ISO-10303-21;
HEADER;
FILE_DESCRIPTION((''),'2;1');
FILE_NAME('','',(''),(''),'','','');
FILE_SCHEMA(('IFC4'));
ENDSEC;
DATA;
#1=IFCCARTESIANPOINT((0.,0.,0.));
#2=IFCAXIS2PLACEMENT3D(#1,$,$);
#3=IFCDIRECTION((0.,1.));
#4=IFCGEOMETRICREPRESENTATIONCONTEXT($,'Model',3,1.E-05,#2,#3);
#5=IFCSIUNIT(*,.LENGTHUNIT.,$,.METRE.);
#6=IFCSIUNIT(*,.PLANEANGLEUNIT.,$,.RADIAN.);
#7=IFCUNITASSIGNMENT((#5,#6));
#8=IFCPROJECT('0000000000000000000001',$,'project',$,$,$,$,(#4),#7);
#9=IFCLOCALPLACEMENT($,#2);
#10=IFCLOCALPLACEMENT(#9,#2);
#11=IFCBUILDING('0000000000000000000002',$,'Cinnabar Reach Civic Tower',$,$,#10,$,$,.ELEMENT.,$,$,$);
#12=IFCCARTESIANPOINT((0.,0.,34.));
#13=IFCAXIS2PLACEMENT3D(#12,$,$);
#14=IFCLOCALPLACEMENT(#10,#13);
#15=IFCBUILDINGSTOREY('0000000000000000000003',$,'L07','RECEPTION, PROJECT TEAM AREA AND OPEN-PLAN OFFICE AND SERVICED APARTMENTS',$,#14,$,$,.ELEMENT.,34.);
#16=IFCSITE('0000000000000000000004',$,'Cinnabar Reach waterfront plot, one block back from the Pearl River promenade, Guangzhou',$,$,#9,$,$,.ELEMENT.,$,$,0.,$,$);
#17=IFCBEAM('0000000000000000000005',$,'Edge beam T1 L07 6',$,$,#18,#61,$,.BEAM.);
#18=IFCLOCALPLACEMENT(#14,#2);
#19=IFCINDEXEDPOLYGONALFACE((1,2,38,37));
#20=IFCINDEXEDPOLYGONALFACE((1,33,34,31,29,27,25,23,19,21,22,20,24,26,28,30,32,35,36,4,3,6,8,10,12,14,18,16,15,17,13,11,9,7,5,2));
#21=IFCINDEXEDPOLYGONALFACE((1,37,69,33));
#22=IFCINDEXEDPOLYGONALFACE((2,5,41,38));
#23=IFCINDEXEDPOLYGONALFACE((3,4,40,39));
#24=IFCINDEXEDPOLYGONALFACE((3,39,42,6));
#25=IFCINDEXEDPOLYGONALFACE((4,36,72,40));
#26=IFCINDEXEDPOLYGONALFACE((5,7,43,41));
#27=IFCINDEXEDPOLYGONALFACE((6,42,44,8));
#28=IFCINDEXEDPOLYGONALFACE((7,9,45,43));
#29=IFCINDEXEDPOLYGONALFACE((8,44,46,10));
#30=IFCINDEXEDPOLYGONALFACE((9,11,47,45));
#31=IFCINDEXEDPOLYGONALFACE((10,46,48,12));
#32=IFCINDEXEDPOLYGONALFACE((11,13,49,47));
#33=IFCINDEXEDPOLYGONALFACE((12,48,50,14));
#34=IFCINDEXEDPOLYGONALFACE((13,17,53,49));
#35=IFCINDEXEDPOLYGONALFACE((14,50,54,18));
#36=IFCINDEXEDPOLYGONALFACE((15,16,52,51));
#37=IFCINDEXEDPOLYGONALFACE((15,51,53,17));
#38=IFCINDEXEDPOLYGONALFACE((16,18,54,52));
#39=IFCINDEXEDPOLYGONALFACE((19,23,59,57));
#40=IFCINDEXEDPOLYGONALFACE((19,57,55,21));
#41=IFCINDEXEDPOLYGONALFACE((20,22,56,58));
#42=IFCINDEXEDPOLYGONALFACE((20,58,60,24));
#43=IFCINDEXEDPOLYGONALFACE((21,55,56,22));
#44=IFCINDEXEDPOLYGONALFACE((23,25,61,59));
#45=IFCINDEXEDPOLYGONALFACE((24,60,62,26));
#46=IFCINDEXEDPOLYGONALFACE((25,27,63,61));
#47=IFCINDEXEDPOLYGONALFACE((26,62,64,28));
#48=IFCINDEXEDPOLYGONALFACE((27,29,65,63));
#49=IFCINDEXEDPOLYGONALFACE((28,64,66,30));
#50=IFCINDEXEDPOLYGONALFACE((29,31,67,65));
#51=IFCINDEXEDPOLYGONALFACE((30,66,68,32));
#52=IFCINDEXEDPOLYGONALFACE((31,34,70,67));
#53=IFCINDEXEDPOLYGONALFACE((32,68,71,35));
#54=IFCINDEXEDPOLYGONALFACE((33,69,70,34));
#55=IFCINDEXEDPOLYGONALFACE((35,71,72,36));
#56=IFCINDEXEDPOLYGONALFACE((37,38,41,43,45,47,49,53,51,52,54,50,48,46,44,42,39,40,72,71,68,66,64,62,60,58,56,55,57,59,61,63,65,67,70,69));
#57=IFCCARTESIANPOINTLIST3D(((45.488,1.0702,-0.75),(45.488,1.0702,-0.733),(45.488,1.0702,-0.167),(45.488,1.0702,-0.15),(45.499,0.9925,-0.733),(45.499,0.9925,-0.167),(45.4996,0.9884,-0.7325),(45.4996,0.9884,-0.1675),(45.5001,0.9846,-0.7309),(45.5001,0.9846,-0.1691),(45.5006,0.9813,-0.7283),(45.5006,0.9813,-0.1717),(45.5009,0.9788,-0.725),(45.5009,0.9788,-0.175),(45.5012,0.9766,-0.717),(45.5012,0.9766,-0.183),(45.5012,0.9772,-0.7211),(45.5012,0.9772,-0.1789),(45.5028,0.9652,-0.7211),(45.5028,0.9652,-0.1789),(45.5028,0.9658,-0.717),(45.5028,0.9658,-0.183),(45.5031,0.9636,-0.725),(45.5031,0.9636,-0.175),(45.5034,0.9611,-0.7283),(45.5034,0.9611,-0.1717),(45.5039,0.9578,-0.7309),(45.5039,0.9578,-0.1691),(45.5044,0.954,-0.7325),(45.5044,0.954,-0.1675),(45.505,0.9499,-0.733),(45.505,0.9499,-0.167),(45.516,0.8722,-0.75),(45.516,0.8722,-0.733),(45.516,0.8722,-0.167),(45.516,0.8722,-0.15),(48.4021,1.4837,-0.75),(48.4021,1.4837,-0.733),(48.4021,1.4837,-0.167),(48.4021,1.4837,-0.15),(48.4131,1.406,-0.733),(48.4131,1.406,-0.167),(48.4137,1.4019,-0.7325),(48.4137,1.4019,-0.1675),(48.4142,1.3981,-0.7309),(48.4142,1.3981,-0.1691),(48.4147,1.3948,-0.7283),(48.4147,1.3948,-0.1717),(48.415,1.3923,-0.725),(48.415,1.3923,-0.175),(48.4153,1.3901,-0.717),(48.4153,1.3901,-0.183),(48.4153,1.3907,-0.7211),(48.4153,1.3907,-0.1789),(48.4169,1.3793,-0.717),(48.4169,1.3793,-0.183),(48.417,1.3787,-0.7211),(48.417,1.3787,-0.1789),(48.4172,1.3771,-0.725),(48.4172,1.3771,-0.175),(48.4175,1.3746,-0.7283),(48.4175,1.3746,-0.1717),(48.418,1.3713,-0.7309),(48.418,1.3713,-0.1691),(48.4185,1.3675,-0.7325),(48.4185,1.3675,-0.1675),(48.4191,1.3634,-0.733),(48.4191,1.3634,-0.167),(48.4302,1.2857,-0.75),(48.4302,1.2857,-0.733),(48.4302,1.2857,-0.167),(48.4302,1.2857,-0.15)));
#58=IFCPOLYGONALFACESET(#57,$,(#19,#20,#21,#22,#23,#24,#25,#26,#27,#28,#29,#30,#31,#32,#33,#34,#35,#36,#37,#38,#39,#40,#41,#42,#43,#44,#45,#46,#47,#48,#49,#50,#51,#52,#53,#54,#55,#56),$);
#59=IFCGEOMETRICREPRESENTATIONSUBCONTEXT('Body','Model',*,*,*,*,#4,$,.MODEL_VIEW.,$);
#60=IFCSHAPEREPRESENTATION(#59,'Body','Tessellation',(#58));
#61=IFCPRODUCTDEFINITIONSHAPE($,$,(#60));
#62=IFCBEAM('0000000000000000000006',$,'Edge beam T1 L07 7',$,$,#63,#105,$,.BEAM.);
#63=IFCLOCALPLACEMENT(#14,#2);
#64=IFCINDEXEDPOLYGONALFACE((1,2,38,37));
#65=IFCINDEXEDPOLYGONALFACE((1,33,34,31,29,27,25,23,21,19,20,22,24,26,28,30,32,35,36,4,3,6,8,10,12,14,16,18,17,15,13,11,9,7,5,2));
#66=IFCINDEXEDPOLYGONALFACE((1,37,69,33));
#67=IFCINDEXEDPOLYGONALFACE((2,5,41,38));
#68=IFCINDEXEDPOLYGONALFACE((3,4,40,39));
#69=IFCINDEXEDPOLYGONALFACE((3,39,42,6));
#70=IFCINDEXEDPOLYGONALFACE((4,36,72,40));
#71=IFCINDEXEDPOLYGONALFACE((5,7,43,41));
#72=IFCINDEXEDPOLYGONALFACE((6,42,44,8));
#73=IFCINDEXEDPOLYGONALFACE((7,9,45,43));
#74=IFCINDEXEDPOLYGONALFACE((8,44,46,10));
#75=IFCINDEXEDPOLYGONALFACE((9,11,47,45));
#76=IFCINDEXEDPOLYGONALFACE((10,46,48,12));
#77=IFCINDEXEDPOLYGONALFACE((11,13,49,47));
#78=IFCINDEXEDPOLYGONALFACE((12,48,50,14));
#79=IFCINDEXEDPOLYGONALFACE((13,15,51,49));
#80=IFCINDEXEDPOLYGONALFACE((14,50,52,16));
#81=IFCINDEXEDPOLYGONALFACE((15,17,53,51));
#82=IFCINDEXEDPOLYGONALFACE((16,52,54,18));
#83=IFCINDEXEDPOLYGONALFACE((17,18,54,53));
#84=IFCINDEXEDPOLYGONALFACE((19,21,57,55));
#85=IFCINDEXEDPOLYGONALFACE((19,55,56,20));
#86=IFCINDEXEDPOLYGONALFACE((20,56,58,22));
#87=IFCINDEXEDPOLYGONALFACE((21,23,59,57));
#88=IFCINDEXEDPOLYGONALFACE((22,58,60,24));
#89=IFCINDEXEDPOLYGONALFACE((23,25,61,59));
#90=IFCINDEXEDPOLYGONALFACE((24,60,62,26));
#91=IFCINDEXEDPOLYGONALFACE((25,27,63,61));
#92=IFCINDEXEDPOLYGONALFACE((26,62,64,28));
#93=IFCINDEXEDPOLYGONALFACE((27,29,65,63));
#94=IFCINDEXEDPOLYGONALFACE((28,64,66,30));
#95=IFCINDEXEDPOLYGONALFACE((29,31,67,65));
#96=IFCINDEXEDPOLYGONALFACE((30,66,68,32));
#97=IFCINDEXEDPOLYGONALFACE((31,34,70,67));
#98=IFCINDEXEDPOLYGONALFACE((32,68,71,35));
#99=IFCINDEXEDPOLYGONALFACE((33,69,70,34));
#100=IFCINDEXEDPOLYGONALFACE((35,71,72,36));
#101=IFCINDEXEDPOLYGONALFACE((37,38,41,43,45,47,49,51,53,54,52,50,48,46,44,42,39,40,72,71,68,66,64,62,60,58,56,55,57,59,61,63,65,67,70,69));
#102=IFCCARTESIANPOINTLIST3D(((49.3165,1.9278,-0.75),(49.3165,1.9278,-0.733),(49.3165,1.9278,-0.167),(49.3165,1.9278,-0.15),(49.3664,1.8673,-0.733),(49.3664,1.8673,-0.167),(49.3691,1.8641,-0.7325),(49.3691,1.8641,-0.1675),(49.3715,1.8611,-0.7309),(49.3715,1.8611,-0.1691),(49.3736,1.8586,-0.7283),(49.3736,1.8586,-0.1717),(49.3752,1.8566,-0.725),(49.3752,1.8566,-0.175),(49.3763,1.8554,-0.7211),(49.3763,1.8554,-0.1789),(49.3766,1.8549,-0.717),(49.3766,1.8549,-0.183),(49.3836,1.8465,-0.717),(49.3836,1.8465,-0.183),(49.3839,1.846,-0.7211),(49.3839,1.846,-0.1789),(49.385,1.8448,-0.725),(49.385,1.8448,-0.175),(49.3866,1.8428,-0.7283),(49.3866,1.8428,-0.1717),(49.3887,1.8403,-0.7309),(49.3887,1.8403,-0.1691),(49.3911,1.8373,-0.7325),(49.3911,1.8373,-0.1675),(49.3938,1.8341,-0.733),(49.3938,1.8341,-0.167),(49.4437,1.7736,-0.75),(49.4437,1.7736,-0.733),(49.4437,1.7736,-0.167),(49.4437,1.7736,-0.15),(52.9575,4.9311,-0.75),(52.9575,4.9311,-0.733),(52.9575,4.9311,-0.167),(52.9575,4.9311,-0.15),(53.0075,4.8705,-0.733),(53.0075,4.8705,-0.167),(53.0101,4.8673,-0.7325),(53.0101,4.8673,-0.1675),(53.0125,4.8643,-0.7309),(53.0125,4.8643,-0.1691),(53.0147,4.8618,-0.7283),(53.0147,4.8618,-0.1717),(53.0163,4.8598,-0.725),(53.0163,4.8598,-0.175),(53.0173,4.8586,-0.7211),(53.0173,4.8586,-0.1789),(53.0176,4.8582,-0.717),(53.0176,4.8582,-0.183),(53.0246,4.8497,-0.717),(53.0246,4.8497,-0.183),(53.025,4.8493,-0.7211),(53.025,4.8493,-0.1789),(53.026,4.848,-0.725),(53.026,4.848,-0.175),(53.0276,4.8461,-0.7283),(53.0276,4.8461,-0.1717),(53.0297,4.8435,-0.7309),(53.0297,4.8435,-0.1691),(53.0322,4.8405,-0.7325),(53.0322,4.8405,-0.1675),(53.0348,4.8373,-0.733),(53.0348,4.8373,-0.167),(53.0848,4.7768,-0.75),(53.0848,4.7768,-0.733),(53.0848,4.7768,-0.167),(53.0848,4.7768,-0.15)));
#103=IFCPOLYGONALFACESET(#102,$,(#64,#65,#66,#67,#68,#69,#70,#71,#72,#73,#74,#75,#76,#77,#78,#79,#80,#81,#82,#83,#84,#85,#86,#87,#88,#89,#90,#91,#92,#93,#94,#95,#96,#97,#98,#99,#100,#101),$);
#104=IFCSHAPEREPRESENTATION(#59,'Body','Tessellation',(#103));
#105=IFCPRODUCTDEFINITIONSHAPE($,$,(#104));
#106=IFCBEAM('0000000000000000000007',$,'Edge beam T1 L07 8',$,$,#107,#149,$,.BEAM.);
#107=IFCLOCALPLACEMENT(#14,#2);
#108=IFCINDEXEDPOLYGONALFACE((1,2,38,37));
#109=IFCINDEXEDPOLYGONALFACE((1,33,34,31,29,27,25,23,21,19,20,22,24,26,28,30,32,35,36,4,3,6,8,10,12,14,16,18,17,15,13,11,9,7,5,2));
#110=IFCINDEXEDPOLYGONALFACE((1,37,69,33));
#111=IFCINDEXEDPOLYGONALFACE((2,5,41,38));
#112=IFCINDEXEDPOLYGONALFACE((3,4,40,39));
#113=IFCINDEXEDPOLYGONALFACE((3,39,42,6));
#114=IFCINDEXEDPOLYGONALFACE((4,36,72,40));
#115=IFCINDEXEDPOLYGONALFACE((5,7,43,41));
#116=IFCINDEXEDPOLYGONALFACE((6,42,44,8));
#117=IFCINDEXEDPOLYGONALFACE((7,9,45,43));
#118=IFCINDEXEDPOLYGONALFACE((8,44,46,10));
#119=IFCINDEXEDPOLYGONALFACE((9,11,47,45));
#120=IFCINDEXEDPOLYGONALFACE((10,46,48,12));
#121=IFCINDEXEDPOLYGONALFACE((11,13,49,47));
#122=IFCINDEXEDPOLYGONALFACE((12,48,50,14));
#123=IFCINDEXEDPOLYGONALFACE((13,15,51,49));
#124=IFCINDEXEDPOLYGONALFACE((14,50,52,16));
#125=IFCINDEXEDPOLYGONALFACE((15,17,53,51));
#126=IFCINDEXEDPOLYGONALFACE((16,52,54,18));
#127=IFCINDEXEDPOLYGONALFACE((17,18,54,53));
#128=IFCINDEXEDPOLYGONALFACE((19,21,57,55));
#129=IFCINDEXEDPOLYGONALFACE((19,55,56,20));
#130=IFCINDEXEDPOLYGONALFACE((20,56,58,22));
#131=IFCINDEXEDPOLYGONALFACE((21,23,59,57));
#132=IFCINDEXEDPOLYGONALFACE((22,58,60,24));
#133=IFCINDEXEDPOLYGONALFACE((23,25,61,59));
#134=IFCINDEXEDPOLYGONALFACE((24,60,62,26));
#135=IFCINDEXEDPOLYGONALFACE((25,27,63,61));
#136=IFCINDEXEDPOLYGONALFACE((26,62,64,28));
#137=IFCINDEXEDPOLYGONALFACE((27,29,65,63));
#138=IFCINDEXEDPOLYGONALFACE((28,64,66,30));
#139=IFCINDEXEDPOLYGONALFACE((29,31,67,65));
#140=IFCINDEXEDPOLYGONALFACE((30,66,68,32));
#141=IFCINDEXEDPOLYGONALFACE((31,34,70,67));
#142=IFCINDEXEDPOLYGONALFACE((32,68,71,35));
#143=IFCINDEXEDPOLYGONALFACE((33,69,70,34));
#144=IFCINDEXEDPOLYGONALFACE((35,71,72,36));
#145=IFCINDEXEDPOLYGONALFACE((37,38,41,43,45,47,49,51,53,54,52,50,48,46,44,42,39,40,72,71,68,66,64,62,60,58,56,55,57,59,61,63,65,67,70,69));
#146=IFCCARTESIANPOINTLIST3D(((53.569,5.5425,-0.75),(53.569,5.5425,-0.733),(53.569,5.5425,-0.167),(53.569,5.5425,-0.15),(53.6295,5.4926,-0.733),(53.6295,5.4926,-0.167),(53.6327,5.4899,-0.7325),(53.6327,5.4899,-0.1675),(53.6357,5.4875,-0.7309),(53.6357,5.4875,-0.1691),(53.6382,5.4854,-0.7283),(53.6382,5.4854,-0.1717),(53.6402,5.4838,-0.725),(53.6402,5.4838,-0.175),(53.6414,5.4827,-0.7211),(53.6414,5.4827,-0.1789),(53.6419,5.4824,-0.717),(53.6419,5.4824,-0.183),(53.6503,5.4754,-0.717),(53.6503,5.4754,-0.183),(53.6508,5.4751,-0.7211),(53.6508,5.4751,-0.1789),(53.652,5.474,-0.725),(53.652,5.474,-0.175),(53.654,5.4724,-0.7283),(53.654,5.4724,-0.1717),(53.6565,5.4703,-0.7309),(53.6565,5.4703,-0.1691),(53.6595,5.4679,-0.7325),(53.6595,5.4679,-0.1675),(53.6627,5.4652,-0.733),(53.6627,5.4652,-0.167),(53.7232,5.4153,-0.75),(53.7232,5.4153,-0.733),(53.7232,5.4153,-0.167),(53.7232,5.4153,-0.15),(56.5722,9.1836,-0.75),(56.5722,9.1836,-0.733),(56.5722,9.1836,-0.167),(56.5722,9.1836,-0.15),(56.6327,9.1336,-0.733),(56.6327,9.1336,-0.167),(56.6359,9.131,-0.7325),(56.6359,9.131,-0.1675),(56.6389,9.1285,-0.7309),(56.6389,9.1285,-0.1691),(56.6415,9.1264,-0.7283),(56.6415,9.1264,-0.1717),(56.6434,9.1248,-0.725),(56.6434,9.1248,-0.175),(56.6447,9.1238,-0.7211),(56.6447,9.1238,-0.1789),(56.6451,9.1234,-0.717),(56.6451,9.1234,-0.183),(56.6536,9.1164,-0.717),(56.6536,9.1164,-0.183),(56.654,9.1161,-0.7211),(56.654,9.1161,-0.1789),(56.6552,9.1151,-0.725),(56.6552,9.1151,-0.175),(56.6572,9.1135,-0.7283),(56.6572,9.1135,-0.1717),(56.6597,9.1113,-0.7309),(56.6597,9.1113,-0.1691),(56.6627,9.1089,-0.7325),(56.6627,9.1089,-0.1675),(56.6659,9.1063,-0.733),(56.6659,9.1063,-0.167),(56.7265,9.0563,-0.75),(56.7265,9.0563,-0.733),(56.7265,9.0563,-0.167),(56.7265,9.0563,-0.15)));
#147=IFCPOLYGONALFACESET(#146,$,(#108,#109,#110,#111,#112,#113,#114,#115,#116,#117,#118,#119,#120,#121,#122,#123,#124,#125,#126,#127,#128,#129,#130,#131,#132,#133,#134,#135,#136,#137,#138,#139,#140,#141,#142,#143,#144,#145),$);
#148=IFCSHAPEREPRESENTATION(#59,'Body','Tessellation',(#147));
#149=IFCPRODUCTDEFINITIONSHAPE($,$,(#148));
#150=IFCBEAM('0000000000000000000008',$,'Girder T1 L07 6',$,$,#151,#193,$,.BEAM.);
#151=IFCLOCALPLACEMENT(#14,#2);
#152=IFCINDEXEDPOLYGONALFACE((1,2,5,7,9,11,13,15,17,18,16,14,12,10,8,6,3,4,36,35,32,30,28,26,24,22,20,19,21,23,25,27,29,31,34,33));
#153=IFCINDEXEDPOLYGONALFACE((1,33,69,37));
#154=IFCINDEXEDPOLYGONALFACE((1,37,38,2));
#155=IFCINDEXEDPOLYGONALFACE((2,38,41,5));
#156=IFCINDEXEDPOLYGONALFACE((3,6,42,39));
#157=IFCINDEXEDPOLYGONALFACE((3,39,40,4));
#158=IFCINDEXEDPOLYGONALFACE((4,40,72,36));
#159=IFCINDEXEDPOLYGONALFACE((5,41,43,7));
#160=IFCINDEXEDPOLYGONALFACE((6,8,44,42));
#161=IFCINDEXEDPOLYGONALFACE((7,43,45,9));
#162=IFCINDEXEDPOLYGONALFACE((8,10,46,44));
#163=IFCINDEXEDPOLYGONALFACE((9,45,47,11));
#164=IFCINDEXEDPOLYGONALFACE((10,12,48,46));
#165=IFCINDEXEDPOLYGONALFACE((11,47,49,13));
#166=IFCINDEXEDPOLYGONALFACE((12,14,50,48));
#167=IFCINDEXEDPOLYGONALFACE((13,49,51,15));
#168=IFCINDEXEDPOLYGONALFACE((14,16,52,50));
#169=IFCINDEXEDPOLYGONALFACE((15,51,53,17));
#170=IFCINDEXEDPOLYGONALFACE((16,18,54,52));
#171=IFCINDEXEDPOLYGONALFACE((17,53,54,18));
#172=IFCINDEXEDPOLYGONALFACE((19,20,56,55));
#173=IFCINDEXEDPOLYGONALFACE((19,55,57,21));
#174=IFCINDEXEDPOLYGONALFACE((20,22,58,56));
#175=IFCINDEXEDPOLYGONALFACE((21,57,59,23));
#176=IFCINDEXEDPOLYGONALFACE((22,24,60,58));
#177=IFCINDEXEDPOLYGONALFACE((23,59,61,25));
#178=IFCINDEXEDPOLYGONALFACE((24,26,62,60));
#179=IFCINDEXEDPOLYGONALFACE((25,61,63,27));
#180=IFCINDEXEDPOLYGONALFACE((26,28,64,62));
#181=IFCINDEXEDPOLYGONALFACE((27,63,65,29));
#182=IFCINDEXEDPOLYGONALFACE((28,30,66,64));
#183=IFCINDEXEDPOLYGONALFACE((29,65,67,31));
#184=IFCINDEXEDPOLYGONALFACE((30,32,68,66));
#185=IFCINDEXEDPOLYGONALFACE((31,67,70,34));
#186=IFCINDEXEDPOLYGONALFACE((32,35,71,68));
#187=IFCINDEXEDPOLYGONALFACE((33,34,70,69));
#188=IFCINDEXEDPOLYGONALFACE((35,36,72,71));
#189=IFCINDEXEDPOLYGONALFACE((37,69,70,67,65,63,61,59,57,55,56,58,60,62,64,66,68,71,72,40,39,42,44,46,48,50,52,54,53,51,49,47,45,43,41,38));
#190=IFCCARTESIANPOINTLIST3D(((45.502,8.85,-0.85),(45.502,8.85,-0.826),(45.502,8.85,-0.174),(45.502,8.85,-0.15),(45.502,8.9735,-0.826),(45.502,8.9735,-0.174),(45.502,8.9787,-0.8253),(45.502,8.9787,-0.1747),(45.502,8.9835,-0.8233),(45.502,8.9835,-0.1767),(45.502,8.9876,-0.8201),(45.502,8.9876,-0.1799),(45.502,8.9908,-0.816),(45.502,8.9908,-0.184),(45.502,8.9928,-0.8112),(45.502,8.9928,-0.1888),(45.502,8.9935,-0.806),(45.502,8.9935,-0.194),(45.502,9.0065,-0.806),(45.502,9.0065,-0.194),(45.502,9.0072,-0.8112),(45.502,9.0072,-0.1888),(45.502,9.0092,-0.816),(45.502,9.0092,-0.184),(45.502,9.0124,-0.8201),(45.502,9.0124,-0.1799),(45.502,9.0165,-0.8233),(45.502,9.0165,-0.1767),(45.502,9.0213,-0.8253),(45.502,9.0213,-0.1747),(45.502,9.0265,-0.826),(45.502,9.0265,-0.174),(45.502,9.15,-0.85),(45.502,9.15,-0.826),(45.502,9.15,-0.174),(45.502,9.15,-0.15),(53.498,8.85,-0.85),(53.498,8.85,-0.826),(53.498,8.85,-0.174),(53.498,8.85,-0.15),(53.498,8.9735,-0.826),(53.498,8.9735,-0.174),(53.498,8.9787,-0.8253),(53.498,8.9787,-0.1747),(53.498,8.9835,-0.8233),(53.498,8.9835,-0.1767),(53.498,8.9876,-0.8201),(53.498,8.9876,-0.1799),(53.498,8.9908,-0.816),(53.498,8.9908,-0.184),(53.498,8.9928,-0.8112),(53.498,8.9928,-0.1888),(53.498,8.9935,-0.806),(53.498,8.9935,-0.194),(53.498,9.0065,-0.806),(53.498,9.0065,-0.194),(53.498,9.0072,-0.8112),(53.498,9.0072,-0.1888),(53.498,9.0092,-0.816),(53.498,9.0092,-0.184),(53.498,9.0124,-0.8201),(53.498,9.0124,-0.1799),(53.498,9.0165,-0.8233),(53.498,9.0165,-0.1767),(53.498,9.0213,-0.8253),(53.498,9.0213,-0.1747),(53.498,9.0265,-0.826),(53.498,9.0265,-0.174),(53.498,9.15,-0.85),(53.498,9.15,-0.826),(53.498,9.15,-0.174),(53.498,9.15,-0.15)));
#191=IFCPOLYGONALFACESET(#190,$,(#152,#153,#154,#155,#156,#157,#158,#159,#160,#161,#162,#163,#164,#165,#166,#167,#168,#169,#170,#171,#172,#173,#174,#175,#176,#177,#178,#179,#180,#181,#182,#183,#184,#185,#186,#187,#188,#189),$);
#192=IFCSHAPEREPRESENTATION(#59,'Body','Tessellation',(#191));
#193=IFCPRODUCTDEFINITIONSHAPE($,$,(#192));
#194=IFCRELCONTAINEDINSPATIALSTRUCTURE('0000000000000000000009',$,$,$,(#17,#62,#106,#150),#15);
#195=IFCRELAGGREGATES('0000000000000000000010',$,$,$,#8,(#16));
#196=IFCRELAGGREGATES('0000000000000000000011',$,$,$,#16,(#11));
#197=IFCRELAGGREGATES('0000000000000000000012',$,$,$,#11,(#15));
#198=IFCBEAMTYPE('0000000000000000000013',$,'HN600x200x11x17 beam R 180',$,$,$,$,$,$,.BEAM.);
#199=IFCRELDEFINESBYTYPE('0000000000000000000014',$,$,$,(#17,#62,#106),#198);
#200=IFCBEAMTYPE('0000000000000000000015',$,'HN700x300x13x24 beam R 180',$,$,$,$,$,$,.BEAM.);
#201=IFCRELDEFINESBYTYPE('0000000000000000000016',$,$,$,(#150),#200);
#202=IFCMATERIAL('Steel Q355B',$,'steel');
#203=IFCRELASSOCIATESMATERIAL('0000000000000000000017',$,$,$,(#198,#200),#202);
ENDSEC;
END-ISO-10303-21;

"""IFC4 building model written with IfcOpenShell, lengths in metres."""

from ifc_helpers import new_model, si_unit, direction, frame, origin, origin_2d, place, context, subcontext, project, spatial, i_section, extrude, material, material_profile, profile_set, type_object, element, save


model = new_model("IFC4")

# Units and contexts
model_context = context("Model", 3, precision=1e-05, world=origin(), true_north=direction((0.0, 1.0)))
body_context = subcontext(model_context, "Body", "Model", "MODEL_VIEW")
ifc_project = project(units=[si_unit("LENGTHUNIT", "METRE"), si_unit("PLANEANGLEUNIT", "RADIAN")], contexts=[model_context])

# Site, building, storey
site_placement = place(None, origin())
site = spatial("IfcSite", under=ifc_project, at=site_placement, Name="Cinnabar Reach waterfront plot, one block back from the Pearl River promenade, Guangzhou", CompositionType="ELEMENT", RefElevation=0.0)
building_placement = place(site_placement, origin())
building = spatial("IfcBuilding", under=site, at=building_placement, Name="Cinnabar Reach Civic Tower", CompositionType="ELEMENT")
storey_placement = place(building_placement, frame((0.0, 0.0, 34.0)))
storey = spatial("IfcBuildingStorey", under=building, at=storey_placement, Name="L07", Description="RECEPTION, PROJECT TEAM AREA AND OPEN-PLAN OFFICE AND SERVICED APARTMENTS", CompositionType="ELEMENT", Elevation=34.0)

# Beams
ifc_material_1 = material(Name="Steel Q355B", Category="steel")
ifc_material_profile_1 = material_profile(ifc_material_1, i_section(OverallWidth=0.2, OverallDepth=0.6, WebThickness=0.011, FlangeThickness=0.017, FilletRadius=0.016, at=origin_2d()), Name="HN600x200x11x17")
ifc_profile_set_1 = profile_set([ifc_material_profile_1], Name="Steel Q355B")
beam_type_1 = type_object("IfcBeamType", Name="HN600x200x11x17 beam R 180", PredefinedType="BEAM", material=ifc_profile_set_1)
beam_1_placement = place(storey_placement, frame((45.502, 0.9712, -0.45), z_axis=(0.990082, 0.140489, 0.0), x_axis=(-0.140489, 0.990082, 0.0)))
element("IfcBeam", 1, at=beam_1_placement, inside=storey, type_object=beam_type_1, Name="Edge beam T1 L07 6", PredefinedType="BEAM", context=body_context, shape_type="SweptSolid", body=[
    extrude(i_section(OverallWidth=0.2, OverallDepth=0.6, WebThickness=0.011, FlangeThickness=0.017, FilletRadius=0.016, at=origin_2d()), origin(), (0.0, 0.0, 1.0), 2.9433),
])
for number, where, z_axis, x_axis, name in (
    (2, (49.3801, 1.8507, -0.45), (0.771438, 0.636304, 0.0), (-0.636304, 0.771438, 0.0), "Edge beam T1 L07 7"),
    (3, (53.6461, 5.4789, -0.45), (0.636304, 0.771438, 0.0), (-0.771438, 0.636304, 0.0), "Edge beam T1 L07 8"),
):
    element("IfcBeam", number, at=place(storey_placement, frame(where, z_axis=z_axis, x_axis=x_axis)), inside=storey, type_object=beam_type_1, Name=name, PredefinedType="BEAM", context=body_context, shape_type="SweptSolid", body=[
        extrude(i_section(OverallWidth=0.2, OverallDepth=0.6, WebThickness=0.011, FlangeThickness=0.017, FilletRadius=0.016, at=origin_2d()), origin(), (0.0, 0.0, 1.0), 4.7198),
    ])
ifc_material_profile_2 = material_profile(ifc_material_1, i_section(OverallWidth=0.3, OverallDepth=0.7, WebThickness=0.013, FlangeThickness=0.024, FilletRadius=0.02, at=origin_2d()), Name="HN700x300x13x24")
ifc_profile_set_2 = profile_set([ifc_material_profile_2], Name="Steel Q355B")
beam_type_2 = type_object("IfcBeamType", Name="HN700x300x13x24 beam R 180", PredefinedType="BEAM", material=ifc_profile_set_2)
beam_2_placement = place(storey_placement, frame((45.502, 9.0, -0.5), z_axis=(1.0, 0.0, 0.0), x_axis=(0.0, 1.0, 0.0)))
element("IfcBeam", 4, at=beam_2_placement, inside=storey, type_object=beam_type_2, Name="Girder T1 L07 6", PredefinedType="BEAM", context=body_context, shape_type="SweptSolid", body=[
    extrude(i_section(OverallWidth=0.3, OverallDepth=0.7, WebThickness=0.013, FlangeThickness=0.024, FilletRadius=0.02, at=origin_2d()), origin(), (0.0, 0.0, 1.0), 7.996),
])

save(model, "model.ifc")
